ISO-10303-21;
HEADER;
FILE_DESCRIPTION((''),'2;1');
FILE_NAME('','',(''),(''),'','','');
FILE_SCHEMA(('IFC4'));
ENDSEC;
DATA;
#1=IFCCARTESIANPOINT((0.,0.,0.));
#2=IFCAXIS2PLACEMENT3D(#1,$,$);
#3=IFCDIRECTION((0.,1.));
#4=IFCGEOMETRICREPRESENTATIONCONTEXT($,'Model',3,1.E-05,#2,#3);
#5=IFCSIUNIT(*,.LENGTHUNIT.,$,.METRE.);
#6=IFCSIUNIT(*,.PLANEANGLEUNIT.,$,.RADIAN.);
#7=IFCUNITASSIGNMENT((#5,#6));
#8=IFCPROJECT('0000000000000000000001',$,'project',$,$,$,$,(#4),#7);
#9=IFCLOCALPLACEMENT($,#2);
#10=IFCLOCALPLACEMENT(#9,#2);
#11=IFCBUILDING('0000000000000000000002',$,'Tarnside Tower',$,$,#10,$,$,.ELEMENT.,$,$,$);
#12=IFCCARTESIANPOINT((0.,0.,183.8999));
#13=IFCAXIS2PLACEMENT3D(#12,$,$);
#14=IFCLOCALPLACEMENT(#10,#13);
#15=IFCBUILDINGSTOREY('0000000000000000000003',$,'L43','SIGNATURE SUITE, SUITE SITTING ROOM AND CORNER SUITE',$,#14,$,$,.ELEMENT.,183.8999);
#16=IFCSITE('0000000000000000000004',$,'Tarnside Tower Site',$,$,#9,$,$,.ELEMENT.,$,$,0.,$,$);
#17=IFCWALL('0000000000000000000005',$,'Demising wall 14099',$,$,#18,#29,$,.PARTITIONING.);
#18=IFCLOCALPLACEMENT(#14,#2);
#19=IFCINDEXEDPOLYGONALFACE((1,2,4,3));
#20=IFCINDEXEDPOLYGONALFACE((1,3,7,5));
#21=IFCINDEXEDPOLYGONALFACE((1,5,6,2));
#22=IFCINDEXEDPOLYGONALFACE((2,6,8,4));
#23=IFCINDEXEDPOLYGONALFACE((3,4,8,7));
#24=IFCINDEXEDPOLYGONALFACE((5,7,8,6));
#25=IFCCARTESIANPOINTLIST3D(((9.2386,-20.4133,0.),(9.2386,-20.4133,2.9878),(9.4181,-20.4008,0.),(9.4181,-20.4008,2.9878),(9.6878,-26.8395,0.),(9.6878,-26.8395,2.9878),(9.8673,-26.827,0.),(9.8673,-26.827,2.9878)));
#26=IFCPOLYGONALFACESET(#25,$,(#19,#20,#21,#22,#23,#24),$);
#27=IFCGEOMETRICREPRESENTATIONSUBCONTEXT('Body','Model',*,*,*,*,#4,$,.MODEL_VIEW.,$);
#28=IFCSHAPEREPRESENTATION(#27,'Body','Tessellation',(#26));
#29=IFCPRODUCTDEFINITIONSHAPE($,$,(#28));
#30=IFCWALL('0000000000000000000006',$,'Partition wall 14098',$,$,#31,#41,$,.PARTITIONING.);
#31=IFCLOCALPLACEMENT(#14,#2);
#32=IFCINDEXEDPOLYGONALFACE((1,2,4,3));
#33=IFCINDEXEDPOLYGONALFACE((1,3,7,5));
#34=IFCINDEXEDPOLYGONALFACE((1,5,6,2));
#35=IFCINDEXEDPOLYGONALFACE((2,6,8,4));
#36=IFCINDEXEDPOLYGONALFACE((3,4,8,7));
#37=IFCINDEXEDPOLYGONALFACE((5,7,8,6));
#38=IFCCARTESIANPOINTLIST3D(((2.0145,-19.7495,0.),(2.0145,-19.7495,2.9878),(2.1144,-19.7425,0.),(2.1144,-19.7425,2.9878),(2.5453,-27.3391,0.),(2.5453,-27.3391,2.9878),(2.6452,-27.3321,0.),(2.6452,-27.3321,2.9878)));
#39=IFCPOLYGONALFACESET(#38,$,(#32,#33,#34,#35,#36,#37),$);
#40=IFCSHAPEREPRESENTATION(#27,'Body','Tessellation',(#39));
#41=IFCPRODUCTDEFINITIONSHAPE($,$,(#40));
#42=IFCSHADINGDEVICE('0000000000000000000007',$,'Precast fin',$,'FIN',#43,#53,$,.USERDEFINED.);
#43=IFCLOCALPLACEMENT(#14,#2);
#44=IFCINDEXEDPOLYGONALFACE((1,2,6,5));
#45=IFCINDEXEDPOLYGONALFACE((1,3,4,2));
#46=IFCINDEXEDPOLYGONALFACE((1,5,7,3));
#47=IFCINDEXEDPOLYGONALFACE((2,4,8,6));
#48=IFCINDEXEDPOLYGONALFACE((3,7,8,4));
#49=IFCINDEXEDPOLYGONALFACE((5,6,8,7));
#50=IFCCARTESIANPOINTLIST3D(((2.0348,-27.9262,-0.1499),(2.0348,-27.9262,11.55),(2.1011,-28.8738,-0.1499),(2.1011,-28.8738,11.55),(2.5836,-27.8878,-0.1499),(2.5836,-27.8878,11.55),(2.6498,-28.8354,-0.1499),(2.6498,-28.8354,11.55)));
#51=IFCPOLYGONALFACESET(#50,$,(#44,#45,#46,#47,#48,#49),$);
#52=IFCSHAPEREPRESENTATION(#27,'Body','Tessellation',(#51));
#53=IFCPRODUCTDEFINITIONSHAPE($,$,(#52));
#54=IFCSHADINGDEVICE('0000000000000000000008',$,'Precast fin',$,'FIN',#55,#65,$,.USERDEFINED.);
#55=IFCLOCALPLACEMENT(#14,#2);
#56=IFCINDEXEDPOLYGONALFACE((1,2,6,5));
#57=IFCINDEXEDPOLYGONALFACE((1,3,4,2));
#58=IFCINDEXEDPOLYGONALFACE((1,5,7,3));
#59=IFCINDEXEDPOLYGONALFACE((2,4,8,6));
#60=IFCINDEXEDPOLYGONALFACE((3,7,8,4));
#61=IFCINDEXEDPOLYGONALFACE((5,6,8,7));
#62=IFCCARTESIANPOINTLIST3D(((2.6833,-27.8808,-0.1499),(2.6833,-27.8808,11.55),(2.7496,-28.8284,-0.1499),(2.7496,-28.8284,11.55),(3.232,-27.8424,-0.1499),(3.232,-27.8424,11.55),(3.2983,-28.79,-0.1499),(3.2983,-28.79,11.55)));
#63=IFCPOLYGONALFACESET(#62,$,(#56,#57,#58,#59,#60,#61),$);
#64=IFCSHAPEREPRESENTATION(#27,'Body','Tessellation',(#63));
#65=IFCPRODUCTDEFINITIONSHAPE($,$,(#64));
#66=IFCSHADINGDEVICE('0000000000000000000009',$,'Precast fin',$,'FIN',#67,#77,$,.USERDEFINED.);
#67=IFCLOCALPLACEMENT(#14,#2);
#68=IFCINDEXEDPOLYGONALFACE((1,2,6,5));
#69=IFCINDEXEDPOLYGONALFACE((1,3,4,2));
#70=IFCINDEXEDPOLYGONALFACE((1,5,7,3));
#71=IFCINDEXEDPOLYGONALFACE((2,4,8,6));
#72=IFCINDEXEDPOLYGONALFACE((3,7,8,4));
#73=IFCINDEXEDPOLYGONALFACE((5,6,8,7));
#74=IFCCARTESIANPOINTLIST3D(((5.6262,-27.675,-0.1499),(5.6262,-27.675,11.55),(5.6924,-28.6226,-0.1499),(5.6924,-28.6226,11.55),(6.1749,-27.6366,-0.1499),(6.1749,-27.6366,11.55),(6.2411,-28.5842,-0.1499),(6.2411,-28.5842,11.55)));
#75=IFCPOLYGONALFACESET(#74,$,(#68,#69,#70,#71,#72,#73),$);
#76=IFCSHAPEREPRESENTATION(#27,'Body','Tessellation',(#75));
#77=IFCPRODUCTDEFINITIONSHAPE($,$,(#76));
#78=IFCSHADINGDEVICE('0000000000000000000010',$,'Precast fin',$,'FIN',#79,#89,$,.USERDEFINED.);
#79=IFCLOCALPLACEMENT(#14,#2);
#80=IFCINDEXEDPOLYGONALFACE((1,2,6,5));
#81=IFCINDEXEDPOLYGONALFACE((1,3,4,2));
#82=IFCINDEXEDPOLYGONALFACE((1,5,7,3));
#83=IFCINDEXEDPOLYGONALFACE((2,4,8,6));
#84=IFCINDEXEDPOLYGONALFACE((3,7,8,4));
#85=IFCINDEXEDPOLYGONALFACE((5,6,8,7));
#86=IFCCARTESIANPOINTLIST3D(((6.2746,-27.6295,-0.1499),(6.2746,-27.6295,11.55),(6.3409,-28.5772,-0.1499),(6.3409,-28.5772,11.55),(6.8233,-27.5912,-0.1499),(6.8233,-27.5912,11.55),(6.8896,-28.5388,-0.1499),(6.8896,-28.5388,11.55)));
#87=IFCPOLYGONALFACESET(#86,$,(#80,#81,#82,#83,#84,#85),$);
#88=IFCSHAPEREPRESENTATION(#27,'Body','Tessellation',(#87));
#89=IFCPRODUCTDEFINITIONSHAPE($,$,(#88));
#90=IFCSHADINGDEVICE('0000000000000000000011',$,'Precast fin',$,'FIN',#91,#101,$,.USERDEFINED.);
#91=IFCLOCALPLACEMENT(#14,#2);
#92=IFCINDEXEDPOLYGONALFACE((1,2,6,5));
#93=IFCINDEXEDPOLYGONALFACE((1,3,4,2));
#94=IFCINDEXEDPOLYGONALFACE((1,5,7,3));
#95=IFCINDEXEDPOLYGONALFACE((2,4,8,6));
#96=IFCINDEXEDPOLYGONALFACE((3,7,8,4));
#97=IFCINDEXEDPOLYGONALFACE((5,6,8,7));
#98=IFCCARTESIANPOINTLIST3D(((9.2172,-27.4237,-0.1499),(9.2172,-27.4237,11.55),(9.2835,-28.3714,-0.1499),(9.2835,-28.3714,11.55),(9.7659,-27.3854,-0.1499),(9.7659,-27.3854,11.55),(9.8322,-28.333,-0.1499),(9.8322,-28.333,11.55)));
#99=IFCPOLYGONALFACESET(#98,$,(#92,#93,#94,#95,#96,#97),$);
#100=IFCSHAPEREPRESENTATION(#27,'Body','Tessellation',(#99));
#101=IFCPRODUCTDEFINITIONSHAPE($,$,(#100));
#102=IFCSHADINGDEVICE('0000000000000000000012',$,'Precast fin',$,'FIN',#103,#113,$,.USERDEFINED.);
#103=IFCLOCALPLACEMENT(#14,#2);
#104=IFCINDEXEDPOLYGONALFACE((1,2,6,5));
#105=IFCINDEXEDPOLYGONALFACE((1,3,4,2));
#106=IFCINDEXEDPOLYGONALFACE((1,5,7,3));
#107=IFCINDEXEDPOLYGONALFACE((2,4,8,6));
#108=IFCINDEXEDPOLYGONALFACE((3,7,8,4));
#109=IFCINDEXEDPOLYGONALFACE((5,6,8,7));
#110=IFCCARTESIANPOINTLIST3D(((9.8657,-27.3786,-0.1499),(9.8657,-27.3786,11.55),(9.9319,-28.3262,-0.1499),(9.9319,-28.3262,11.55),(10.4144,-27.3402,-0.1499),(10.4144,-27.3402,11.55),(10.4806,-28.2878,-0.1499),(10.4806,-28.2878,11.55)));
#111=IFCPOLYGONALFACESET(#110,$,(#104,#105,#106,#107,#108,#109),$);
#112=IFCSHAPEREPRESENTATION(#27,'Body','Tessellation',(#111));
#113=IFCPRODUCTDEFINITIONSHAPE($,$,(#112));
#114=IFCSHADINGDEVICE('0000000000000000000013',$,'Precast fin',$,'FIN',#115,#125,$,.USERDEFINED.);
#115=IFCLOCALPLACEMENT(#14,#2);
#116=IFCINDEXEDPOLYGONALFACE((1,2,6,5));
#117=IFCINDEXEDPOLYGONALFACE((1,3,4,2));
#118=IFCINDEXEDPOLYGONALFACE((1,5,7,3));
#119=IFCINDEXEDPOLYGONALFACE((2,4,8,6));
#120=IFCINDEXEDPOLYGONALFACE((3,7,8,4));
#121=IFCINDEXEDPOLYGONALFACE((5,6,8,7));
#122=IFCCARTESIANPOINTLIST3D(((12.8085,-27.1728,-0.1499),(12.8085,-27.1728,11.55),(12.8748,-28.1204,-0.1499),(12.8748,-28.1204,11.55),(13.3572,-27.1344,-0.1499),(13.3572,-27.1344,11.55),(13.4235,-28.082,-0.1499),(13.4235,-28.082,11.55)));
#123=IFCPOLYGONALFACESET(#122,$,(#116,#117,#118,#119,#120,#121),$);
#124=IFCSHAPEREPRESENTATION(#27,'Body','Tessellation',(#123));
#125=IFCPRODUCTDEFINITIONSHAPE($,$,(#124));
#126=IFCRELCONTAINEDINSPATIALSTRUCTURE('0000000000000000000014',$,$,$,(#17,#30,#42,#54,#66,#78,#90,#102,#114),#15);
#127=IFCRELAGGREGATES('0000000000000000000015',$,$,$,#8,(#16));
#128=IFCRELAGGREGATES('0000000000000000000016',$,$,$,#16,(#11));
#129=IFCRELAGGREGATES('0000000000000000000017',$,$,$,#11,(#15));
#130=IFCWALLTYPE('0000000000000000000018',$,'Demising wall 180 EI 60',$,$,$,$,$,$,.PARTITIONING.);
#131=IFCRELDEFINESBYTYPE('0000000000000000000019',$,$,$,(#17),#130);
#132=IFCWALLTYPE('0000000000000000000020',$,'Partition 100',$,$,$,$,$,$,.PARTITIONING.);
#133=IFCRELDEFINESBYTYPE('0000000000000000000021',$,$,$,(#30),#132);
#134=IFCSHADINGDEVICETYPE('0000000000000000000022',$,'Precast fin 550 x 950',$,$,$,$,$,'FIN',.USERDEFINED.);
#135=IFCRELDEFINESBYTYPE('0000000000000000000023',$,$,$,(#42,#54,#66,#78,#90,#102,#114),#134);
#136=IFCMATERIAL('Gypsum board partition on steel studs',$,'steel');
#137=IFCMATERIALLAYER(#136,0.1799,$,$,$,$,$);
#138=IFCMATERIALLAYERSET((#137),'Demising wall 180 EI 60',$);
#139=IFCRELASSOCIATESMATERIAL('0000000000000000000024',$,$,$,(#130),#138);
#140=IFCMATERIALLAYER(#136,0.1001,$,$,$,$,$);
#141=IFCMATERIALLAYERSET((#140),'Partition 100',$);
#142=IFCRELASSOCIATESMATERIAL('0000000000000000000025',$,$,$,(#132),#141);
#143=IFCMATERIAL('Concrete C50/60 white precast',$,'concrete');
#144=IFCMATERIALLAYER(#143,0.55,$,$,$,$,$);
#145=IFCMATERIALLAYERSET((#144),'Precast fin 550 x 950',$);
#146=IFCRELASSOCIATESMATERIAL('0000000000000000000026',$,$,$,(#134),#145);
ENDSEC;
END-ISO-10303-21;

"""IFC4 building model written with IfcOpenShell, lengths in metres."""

from ifc_helpers import new_model, si_unit, direction, frame, frame_2d, origin, place, context, subcontext, project, spatial, polyline, rectangle, outline, extrude, material, layer, layer_set, type_object, element, save


model = new_model("IFC4")

# Units and contexts
model_context = context("Model", 3, precision=1e-05, world=origin(), true_north=direction((0.0, 1.0)))
body_context = subcontext(model_context, "Body", "Model", "MODEL_VIEW")
ifc_project = project(units=[si_unit("LENGTHUNIT", "METRE"), si_unit("PLANEANGLEUNIT", "RADIAN")], contexts=[model_context])

# Site, building, storey
site_placement = place(None, origin())
site = spatial("IfcSite", under=ifc_project, at=site_placement, Name="Tarnside Tower Site", CompositionType="ELEMENT", RefElevation=0.0)
building_placement = place(site_placement, origin())
building = spatial("IfcBuilding", under=site, at=building_placement, Name="Tarnside Tower", CompositionType="ELEMENT")
storey_placement = place(building_placement, frame((0.0, 0.0, 183.8999)))
storey = spatial("IfcBuildingStorey", under=building, at=storey_placement, Name="L43", Description="SIGNATURE SUITE, SUITE SITTING ROOM AND CORNER SUITE", CompositionType="ELEMENT", Elevation=183.8999)

# Shared definitions
ifc_material_1 = material(Name="Gypsum board partition on steel studs", Category="steel")

# Walls
ifc_layer_1 = layer(ifc_material_1, 0.1799)
ifc_layer_set_1 = layer_set([ifc_layer_1], Name="Demising wall 180 EI 60")
wall_type_1 = type_object("IfcWallType", Name="Demising wall 180 EI 60", PredefinedType="PARTITIONING", material=ifc_layer_set_1)
wall_1_placement = place(storey_placement, frame((9.7776, -26.8333, 0.0), z_axis=(0.0, 0.0, 1.0), x_axis=(-0.069733, 0.997566, 0.0)))
element("IfcWall", 1, at=wall_1_placement, inside=storey, type_object=wall_type_1, Name="Demising wall 14099", PredefinedType="PARTITIONING", context=body_context, shape_type="SweptSolid", body=[
    extrude(rectangle(XDim=6.4419, YDim=0.1799, at=frame_2d((3.2209, 0.0))), origin(), (0.0, 0.0, 1.0), 2.9878),
])
ifc_layer_2 = layer(ifc_material_1, 0.1001)
ifc_layer_set_2 = layer_set([ifc_layer_2], Name="Partition 100")
wall_type_2 = type_object("IfcWallType", Name="Partition 100", PredefinedType="PARTITIONING", material=ifc_layer_set_2)
wall_2_placement = place(storey_placement, frame((2.0645, -19.7458, 0.0), z_axis=(0.0, 0.0, 1.0), x_axis=(0.069762, -0.997564, 0.0)))
element("IfcWall", 2, at=wall_2_placement, inside=storey, type_object=wall_type_2, Name="Partition wall 14098", PredefinedType="PARTITIONING", context=body_context, shape_type="SweptSolid", body=[
    extrude(rectangle(XDim=7.6082, YDim=0.1001, at=frame_2d((3.8042, 0.0))), origin(), (0.0, 0.0, 1.0), 2.9878),
])

# Shading devices
ifc_material_2 = material(Name="Concrete C50/60 white precast", Category="concrete")
ifc_layer_3 = layer(ifc_material_2, 0.55)
ifc_layer_set_3 = layer_set([ifc_layer_3], Name="Precast fin 550 x 950")
shading_device_type = type_object("IfcShadingDeviceType", Name="Precast fin 550 x 950", ElementType="FIN", PredefinedType="USERDEFINED", material=ifc_layer_set_3)
for number, where, z_axis, x_axis, name in (
    (3, (2.3093, -27.907, -0.1499), (-0.997564, -0.069756, 0.0), (0.069756, -0.997564, 0.0), "Precast fin"),
    (4, (2.9578, -27.8616, -0.1499), (-0.997564, -0.069756, 0.0), (0.069756, -0.997564, 0.0), "Precast fin"),
    (5, (5.9006, -27.6558, -0.1499), (-0.997564, -0.069756, 0.0), (0.069756, -0.997564, 0.0), "Precast fin"),
    (6, (6.5491, -27.6104, -0.1499), (-0.997564, -0.069756, 0.0), (0.069756, -0.997564, 0.0), "Precast fin"),
    (7, (9.4917, -27.4045, -0.1499), (-0.997564, -0.069756, 0.0), (0.069756, -0.997564, 0.0), "Precast fin"),
    (8, (10.1401, -27.3594, -0.1499), (-0.997564, -0.069756, 0.0), (0.069756, -0.997564, 0.0), "Precast fin"),
    (9, (13.083, -27.1536, -0.1499), (-0.997564, -0.069756, 0.0), (0.069756, -0.997564, 0.0), "Precast fin"),
):
    element("IfcShadingDevice", number, at=place(storey_placement, frame(where, z_axis=z_axis, x_axis=x_axis)), inside=storey, type_object=shading_device_type, Name=name, ObjectType="FIN", PredefinedType="USERDEFINED", context=body_context, shape_type="SweptSolid", body=[
        extrude(outline(polyline([(0.0, 0.0), (0.95, 0.0), (0.95, 11.7), (0.0, 11.7), (0.0, 0.0)])), frame((0.0, 0.0, -0.2749)), (0.0, 0.0, 1.0), 0.55),
    ])

save(model, "model.ifc")
